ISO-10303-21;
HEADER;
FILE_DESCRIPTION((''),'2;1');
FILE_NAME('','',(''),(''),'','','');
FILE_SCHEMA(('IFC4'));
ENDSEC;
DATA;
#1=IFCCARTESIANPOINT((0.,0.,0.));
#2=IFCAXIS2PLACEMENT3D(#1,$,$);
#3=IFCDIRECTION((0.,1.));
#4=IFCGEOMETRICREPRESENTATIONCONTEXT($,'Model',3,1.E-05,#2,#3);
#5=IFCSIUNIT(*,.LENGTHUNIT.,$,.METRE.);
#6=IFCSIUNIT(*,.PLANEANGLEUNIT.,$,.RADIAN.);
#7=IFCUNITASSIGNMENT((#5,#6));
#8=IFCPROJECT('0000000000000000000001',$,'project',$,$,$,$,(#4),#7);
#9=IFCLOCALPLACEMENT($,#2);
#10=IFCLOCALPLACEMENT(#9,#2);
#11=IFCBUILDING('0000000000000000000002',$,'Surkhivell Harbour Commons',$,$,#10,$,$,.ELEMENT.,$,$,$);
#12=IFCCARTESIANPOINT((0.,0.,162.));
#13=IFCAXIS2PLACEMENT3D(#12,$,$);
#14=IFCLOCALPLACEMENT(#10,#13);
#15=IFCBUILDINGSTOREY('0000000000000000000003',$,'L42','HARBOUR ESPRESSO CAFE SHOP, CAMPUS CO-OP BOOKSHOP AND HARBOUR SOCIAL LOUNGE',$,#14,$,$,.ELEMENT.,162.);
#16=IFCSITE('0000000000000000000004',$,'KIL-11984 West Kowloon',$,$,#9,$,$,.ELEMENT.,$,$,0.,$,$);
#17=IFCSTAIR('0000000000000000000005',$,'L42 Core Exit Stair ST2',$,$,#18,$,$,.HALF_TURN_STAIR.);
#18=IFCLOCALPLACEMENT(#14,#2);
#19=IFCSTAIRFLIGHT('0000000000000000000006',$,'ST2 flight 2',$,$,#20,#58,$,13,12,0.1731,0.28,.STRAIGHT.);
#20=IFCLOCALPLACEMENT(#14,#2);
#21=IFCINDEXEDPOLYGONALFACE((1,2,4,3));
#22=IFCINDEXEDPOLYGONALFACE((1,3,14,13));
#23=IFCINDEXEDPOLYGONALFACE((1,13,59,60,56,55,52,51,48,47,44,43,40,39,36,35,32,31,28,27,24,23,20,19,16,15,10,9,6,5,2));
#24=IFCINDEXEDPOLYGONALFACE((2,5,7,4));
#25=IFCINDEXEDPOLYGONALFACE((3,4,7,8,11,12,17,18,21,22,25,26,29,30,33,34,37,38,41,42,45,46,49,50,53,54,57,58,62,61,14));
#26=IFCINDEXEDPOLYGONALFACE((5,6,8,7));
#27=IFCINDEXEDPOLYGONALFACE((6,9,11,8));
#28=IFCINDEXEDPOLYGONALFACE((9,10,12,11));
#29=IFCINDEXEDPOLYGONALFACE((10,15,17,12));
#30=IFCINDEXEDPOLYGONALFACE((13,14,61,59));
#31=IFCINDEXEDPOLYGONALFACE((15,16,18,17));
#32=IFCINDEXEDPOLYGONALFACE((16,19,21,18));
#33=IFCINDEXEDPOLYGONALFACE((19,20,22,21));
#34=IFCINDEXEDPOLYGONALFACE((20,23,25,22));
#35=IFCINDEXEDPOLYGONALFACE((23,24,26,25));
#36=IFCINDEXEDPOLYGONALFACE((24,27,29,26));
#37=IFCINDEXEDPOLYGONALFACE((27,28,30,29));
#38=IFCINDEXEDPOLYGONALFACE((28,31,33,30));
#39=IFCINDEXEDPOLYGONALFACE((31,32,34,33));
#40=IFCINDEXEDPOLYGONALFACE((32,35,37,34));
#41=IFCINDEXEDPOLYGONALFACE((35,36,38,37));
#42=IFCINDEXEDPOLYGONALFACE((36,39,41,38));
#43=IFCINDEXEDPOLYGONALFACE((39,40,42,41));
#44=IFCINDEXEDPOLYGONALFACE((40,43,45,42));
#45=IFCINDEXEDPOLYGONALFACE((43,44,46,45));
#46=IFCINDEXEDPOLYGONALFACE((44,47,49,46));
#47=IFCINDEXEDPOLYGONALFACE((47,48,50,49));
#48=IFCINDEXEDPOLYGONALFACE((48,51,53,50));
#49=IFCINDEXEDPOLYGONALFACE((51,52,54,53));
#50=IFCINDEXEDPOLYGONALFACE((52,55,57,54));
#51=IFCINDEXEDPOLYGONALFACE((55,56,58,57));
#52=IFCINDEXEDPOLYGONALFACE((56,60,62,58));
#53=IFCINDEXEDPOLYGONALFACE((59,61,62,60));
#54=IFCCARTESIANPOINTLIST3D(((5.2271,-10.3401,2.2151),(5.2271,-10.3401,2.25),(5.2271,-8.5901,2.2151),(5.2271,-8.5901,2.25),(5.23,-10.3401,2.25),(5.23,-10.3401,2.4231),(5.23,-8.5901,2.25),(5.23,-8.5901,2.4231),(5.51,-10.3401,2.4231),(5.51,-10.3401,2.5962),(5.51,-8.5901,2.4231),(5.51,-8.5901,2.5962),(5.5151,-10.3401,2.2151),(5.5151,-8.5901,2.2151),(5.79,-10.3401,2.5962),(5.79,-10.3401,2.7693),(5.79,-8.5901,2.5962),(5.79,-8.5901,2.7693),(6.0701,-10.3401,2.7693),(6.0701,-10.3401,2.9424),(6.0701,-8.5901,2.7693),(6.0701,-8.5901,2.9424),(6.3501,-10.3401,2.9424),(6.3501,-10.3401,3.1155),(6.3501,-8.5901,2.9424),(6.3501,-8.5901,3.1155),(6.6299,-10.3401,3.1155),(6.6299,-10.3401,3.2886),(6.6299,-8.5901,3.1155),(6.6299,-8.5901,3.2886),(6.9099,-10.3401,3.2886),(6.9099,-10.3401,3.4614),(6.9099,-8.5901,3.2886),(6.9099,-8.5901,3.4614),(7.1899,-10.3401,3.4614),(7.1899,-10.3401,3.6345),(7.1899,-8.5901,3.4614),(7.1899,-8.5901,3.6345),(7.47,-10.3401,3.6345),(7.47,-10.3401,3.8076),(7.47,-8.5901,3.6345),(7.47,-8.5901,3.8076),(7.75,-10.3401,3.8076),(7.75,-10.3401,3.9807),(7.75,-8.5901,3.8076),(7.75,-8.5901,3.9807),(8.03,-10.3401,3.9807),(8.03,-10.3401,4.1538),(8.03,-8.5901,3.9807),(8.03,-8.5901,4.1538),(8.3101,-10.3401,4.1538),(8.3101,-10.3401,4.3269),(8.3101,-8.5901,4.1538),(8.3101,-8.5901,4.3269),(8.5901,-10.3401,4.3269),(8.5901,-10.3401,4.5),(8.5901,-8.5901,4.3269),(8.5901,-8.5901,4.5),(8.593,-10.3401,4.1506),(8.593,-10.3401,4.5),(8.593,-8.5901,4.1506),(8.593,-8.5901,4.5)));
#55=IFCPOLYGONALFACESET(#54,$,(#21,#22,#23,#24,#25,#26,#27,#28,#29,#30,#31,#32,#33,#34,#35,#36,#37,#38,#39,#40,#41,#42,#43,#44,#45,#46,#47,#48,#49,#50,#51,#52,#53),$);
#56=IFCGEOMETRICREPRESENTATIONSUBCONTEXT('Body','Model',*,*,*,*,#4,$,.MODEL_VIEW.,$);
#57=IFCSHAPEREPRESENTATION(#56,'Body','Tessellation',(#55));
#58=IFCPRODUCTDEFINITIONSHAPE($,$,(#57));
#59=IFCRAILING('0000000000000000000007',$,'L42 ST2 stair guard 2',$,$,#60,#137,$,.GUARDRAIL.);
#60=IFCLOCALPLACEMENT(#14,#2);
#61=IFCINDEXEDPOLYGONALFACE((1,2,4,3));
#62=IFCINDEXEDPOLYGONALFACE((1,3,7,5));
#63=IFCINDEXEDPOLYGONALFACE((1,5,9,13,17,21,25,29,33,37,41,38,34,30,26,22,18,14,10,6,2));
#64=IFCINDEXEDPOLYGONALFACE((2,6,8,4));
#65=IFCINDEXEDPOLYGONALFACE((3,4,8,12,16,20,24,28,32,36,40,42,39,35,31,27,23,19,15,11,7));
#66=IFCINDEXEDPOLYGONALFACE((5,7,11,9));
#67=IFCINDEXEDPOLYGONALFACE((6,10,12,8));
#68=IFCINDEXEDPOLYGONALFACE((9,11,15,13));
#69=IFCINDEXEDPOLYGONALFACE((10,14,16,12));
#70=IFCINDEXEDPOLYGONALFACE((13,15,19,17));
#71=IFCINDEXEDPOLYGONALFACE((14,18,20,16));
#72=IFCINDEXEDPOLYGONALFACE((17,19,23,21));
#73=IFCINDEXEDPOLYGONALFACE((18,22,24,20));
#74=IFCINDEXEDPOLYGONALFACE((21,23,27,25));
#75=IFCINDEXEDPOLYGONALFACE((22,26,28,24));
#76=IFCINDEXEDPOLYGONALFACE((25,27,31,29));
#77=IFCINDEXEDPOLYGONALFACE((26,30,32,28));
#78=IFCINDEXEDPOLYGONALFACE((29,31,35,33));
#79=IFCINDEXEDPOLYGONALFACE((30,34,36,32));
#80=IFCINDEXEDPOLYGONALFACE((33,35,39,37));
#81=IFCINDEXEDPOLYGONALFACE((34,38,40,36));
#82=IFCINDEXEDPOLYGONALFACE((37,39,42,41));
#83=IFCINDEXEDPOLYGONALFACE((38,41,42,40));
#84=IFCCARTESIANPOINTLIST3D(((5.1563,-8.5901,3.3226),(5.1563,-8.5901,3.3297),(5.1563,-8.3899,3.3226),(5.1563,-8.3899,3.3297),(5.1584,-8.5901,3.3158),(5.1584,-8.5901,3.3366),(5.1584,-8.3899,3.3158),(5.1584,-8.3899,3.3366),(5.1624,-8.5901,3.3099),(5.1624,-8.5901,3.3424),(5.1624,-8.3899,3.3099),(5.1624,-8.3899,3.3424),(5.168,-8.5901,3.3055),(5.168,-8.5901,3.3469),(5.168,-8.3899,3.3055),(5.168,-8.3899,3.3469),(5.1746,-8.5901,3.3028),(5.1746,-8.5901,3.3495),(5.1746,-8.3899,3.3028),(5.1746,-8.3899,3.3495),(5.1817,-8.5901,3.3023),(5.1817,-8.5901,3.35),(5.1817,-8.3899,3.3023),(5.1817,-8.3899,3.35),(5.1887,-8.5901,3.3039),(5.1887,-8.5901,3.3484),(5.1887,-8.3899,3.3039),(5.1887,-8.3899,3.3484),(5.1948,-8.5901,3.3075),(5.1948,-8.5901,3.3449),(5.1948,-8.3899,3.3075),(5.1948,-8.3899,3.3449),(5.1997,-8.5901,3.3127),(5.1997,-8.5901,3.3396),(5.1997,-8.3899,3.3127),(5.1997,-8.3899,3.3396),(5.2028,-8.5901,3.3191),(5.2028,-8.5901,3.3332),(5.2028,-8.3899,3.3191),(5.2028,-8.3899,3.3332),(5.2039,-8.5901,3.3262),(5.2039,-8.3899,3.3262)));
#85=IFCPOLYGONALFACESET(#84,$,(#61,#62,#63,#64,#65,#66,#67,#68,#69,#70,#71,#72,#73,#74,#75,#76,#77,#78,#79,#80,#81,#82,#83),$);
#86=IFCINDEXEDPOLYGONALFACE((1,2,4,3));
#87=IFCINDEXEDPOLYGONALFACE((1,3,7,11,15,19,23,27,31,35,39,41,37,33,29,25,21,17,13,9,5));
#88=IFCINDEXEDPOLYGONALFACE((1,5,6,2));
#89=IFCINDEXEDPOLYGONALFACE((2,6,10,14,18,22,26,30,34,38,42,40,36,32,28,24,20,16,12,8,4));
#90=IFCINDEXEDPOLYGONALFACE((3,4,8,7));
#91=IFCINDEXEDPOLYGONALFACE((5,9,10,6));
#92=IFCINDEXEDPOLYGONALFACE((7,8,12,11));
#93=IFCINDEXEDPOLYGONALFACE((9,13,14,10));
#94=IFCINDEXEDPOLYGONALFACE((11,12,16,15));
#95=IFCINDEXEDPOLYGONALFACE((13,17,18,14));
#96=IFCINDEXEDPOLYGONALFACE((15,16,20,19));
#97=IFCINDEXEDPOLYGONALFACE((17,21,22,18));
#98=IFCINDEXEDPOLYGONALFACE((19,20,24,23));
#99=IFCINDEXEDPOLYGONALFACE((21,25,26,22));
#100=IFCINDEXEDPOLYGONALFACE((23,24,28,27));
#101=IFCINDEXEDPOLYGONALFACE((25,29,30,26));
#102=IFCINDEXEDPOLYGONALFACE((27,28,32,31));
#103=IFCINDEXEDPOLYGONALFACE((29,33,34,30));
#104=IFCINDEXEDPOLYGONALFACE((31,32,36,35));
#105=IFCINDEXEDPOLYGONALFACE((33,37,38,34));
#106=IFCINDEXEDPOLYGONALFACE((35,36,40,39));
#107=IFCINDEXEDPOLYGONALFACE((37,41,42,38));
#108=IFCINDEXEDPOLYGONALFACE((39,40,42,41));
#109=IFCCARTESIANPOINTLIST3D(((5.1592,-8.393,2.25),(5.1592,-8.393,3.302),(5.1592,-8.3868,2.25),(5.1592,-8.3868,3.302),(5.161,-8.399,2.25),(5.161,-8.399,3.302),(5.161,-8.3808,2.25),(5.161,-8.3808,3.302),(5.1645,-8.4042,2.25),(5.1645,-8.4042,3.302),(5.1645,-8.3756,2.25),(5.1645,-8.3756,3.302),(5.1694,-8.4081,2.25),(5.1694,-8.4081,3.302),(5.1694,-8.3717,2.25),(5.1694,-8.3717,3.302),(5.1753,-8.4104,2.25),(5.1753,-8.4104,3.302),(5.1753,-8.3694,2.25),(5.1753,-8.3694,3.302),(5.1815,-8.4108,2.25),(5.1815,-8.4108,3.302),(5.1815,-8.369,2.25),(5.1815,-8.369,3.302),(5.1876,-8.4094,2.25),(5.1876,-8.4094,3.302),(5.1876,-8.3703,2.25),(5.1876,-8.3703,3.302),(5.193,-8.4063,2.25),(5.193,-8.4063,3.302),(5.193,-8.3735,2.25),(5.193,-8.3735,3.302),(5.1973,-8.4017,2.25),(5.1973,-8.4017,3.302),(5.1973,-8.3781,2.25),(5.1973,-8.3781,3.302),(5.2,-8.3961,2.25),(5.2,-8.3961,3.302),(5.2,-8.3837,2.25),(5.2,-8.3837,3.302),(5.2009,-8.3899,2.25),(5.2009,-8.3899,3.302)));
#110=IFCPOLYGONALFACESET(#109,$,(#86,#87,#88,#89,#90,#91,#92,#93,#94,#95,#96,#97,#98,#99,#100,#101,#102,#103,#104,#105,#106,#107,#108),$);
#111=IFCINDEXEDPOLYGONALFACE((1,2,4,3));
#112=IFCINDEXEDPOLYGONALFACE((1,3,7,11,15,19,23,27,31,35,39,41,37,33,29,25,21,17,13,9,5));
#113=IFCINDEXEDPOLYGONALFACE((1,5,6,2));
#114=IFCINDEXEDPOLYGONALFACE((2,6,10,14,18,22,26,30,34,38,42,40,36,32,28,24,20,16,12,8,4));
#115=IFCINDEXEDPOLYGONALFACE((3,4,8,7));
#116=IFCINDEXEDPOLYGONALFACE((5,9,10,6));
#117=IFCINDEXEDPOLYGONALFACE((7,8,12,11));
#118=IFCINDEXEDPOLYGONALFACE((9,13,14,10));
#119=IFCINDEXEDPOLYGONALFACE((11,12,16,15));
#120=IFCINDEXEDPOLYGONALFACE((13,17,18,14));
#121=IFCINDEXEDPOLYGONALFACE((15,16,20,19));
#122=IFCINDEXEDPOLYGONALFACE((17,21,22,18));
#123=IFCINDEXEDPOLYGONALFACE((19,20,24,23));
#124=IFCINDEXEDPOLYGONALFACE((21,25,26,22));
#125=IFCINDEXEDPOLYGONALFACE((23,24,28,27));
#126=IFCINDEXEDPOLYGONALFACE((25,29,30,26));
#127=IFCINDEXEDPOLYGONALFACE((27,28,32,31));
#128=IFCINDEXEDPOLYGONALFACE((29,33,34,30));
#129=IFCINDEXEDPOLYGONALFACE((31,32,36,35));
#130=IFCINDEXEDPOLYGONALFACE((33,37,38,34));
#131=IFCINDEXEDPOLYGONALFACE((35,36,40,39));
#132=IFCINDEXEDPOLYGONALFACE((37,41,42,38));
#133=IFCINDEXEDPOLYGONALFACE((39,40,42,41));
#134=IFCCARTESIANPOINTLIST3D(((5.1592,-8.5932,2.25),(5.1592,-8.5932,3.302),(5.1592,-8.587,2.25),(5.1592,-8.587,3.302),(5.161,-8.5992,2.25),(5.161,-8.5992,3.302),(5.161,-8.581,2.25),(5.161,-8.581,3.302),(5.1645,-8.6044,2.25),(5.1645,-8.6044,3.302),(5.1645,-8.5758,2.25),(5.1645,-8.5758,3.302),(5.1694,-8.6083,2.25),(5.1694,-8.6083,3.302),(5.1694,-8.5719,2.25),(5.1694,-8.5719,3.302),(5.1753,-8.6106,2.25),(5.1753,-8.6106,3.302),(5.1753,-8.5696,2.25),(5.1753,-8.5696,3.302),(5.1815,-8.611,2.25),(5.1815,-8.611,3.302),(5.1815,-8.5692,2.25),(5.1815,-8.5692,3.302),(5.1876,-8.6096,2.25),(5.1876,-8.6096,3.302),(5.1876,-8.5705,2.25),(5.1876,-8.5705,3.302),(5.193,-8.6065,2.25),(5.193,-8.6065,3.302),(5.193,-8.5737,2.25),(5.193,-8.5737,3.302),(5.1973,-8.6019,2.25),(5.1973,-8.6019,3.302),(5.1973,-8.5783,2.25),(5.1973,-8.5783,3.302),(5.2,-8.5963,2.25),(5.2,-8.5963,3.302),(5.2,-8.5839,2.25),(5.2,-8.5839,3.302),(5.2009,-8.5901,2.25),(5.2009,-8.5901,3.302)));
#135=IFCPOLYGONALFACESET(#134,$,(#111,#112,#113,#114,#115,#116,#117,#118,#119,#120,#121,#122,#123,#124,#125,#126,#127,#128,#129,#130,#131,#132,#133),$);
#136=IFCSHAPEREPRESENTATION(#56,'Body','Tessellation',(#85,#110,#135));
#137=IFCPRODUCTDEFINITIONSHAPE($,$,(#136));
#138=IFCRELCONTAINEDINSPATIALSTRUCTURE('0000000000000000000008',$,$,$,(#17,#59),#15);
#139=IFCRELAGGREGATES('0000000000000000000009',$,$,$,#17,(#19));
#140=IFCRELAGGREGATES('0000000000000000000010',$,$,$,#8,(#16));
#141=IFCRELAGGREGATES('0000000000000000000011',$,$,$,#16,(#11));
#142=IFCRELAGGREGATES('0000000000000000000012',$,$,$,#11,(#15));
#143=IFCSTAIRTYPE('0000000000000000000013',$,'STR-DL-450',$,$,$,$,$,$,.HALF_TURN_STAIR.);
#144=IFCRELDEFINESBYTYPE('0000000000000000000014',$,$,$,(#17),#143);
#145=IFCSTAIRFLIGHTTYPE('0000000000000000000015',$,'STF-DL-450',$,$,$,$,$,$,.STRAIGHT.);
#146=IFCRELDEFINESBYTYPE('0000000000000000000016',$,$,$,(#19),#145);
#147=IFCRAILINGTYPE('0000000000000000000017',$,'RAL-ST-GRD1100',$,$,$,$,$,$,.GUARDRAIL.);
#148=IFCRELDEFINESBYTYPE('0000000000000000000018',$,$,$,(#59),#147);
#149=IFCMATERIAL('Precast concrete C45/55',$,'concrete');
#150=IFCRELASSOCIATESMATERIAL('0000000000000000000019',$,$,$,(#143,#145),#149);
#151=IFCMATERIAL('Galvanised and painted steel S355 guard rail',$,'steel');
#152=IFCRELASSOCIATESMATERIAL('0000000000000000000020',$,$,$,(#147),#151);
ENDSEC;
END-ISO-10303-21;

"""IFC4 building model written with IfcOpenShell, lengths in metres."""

from ifc_helpers import new_model, si_unit, direction, frame, origin, origin_2d, place, context, subcontext, project, spatial, polyline, circle, outline, extrude, material, type_object, element, aggregate, save


model = new_model("IFC4")

# Units and contexts
model_context = context("Model", 3, precision=1e-05, world=origin(), true_north=direction((0.0, 1.0)))
body_context = subcontext(model_context, "Body", "Model", "MODEL_VIEW")
ifc_project = project(units=[si_unit("LENGTHUNIT", "METRE"), si_unit("PLANEANGLEUNIT", "RADIAN")], contexts=[model_context])

# Site, building, storey
site_placement = place(None, origin())
site = spatial("IfcSite", under=ifc_project, at=site_placement, Name="KIL-11984 West Kowloon", CompositionType="ELEMENT", RefElevation=0.0)
building_placement = place(site_placement, origin())
building = spatial("IfcBuilding", under=site, at=building_placement, Name="Surkhivell Harbour Commons", CompositionType="ELEMENT")
storey_placement = place(building_placement, frame((0.0, 0.0, 162.0)))
storey = spatial("IfcBuildingStorey", under=building, at=storey_placement, Name="L42", Description="HARBOUR ESPRESSO CAFE SHOP, CAMPUS CO-OP BOOKSHOP AND HARBOUR SOCIAL LOUNGE", CompositionType="ELEMENT", Elevation=162.0)

# Stair, stair flight
ifc_material_1 = material(Name="Precast concrete C45/55", Category="concrete")
stair_type = type_object("IfcStairType", Name="STR-DL-450", PredefinedType="HALF_TURN_STAIR", material=ifc_material_1)
stair_placement = place(storey_placement, origin())
stair = element("IfcStair", 1, at=stair_placement, inside=storey, type_object=stair_type, Name="L42 Core Exit Stair ST2", PredefinedType="HALF_TURN_STAIR")
stair_flight_type = type_object("IfcStairFlightType", Name="STF-DL-450", PredefinedType="STRAIGHT", material=ifc_material_1)
stair_flight_placement = place(storey_placement, frame((5.23, -9.4651, 2.25), z_axis=(0.0, 0.0, 1.0), x_axis=(1.0, 0.0, 0.0)))
stair_flight = element("IfcStairFlight", 2, at=stair_flight_placement, type_object=stair_flight_type, Name="ST2 flight 2", NumberOfRisers=13, NumberOfTreads=12, PredefinedType="STRAIGHT", RiserHeight=0.1731, TreadLength=0.28, context=body_context, shape_type="SweptSolid", body=[
    extrude(outline(polyline([(-0.0029, -0.0349), (-0.0029, 0.0), (0.0, 0.0), (0.0, 0.1731), (0.28, 0.1731), (0.28, 0.3462), (0.5601, 0.3462), (0.5601, 0.5193), (0.8401, 0.5193), (0.8401, 0.6924), (1.1201, 0.6924), (1.1201, 0.8655), (1.3999, 0.8655), (1.3999, 1.0386), (1.6799, 1.0386), (1.6799, 1.2114), (1.96, 1.2114), (1.96, 1.3845), (2.24, 1.3845), (2.24, 1.5576), (2.52, 1.5576), (2.52, 1.7307), (2.8, 1.7307), (2.8, 1.9038), (3.0801, 1.9038), (3.0801, 2.0769), (3.3601, 2.0769), (3.3601, 2.25), (3.363, 2.25), (3.363, 1.9006), (0.2852, -0.0349), (-0.0029, -0.0349)])), frame((0.0, 0.875, 0.0), z_axis=(0.0, -1.0, 0.0), x_axis=(1.0, 0.0, 0.0)), (0.0, 0.0, 1.0), 1.75),
])
aggregate(stair, [stair_flight])

# Railing
ifc_material_2 = material(Name="Galvanised and painted steel S355 guard rail", Category="steel")
railing_type_1 = type_object("IfcRailingType", Name="RAL-ST-GRD1100", PredefinedType="GUARDRAIL", material=ifc_material_2)
railing_1_placement = place(storey_placement, frame((5.1799, -8.3899, 2.25)))
element("IfcRailing", 3, at=railing_1_placement, inside=storey, type_object=railing_type_1, Name="L42 ST2 stair guard 2", PredefinedType="GUARDRAIL", context=body_context, shape_type="SweptSolid", body=[
    extrude(circle(Radius=0.0239, at=origin_2d()), frame((0.0, 0.0, 1.0762), z_axis=(0.0, -1.0, 0.0), x_axis=(1.0, 0.0, 0.0)), (0.0, 0.0, 1.0), 0.2002),
    extrude(circle(Radius=0.021, at=origin_2d()), origin(), (0.0, 0.0, 1.0), 1.052),
    extrude(circle(Radius=0.021, at=origin_2d()), frame((0.0, -0.2002, 0.0)), (0.0, 0.0, 1.0), 1.052),
])

save(model, "model.ifc")
